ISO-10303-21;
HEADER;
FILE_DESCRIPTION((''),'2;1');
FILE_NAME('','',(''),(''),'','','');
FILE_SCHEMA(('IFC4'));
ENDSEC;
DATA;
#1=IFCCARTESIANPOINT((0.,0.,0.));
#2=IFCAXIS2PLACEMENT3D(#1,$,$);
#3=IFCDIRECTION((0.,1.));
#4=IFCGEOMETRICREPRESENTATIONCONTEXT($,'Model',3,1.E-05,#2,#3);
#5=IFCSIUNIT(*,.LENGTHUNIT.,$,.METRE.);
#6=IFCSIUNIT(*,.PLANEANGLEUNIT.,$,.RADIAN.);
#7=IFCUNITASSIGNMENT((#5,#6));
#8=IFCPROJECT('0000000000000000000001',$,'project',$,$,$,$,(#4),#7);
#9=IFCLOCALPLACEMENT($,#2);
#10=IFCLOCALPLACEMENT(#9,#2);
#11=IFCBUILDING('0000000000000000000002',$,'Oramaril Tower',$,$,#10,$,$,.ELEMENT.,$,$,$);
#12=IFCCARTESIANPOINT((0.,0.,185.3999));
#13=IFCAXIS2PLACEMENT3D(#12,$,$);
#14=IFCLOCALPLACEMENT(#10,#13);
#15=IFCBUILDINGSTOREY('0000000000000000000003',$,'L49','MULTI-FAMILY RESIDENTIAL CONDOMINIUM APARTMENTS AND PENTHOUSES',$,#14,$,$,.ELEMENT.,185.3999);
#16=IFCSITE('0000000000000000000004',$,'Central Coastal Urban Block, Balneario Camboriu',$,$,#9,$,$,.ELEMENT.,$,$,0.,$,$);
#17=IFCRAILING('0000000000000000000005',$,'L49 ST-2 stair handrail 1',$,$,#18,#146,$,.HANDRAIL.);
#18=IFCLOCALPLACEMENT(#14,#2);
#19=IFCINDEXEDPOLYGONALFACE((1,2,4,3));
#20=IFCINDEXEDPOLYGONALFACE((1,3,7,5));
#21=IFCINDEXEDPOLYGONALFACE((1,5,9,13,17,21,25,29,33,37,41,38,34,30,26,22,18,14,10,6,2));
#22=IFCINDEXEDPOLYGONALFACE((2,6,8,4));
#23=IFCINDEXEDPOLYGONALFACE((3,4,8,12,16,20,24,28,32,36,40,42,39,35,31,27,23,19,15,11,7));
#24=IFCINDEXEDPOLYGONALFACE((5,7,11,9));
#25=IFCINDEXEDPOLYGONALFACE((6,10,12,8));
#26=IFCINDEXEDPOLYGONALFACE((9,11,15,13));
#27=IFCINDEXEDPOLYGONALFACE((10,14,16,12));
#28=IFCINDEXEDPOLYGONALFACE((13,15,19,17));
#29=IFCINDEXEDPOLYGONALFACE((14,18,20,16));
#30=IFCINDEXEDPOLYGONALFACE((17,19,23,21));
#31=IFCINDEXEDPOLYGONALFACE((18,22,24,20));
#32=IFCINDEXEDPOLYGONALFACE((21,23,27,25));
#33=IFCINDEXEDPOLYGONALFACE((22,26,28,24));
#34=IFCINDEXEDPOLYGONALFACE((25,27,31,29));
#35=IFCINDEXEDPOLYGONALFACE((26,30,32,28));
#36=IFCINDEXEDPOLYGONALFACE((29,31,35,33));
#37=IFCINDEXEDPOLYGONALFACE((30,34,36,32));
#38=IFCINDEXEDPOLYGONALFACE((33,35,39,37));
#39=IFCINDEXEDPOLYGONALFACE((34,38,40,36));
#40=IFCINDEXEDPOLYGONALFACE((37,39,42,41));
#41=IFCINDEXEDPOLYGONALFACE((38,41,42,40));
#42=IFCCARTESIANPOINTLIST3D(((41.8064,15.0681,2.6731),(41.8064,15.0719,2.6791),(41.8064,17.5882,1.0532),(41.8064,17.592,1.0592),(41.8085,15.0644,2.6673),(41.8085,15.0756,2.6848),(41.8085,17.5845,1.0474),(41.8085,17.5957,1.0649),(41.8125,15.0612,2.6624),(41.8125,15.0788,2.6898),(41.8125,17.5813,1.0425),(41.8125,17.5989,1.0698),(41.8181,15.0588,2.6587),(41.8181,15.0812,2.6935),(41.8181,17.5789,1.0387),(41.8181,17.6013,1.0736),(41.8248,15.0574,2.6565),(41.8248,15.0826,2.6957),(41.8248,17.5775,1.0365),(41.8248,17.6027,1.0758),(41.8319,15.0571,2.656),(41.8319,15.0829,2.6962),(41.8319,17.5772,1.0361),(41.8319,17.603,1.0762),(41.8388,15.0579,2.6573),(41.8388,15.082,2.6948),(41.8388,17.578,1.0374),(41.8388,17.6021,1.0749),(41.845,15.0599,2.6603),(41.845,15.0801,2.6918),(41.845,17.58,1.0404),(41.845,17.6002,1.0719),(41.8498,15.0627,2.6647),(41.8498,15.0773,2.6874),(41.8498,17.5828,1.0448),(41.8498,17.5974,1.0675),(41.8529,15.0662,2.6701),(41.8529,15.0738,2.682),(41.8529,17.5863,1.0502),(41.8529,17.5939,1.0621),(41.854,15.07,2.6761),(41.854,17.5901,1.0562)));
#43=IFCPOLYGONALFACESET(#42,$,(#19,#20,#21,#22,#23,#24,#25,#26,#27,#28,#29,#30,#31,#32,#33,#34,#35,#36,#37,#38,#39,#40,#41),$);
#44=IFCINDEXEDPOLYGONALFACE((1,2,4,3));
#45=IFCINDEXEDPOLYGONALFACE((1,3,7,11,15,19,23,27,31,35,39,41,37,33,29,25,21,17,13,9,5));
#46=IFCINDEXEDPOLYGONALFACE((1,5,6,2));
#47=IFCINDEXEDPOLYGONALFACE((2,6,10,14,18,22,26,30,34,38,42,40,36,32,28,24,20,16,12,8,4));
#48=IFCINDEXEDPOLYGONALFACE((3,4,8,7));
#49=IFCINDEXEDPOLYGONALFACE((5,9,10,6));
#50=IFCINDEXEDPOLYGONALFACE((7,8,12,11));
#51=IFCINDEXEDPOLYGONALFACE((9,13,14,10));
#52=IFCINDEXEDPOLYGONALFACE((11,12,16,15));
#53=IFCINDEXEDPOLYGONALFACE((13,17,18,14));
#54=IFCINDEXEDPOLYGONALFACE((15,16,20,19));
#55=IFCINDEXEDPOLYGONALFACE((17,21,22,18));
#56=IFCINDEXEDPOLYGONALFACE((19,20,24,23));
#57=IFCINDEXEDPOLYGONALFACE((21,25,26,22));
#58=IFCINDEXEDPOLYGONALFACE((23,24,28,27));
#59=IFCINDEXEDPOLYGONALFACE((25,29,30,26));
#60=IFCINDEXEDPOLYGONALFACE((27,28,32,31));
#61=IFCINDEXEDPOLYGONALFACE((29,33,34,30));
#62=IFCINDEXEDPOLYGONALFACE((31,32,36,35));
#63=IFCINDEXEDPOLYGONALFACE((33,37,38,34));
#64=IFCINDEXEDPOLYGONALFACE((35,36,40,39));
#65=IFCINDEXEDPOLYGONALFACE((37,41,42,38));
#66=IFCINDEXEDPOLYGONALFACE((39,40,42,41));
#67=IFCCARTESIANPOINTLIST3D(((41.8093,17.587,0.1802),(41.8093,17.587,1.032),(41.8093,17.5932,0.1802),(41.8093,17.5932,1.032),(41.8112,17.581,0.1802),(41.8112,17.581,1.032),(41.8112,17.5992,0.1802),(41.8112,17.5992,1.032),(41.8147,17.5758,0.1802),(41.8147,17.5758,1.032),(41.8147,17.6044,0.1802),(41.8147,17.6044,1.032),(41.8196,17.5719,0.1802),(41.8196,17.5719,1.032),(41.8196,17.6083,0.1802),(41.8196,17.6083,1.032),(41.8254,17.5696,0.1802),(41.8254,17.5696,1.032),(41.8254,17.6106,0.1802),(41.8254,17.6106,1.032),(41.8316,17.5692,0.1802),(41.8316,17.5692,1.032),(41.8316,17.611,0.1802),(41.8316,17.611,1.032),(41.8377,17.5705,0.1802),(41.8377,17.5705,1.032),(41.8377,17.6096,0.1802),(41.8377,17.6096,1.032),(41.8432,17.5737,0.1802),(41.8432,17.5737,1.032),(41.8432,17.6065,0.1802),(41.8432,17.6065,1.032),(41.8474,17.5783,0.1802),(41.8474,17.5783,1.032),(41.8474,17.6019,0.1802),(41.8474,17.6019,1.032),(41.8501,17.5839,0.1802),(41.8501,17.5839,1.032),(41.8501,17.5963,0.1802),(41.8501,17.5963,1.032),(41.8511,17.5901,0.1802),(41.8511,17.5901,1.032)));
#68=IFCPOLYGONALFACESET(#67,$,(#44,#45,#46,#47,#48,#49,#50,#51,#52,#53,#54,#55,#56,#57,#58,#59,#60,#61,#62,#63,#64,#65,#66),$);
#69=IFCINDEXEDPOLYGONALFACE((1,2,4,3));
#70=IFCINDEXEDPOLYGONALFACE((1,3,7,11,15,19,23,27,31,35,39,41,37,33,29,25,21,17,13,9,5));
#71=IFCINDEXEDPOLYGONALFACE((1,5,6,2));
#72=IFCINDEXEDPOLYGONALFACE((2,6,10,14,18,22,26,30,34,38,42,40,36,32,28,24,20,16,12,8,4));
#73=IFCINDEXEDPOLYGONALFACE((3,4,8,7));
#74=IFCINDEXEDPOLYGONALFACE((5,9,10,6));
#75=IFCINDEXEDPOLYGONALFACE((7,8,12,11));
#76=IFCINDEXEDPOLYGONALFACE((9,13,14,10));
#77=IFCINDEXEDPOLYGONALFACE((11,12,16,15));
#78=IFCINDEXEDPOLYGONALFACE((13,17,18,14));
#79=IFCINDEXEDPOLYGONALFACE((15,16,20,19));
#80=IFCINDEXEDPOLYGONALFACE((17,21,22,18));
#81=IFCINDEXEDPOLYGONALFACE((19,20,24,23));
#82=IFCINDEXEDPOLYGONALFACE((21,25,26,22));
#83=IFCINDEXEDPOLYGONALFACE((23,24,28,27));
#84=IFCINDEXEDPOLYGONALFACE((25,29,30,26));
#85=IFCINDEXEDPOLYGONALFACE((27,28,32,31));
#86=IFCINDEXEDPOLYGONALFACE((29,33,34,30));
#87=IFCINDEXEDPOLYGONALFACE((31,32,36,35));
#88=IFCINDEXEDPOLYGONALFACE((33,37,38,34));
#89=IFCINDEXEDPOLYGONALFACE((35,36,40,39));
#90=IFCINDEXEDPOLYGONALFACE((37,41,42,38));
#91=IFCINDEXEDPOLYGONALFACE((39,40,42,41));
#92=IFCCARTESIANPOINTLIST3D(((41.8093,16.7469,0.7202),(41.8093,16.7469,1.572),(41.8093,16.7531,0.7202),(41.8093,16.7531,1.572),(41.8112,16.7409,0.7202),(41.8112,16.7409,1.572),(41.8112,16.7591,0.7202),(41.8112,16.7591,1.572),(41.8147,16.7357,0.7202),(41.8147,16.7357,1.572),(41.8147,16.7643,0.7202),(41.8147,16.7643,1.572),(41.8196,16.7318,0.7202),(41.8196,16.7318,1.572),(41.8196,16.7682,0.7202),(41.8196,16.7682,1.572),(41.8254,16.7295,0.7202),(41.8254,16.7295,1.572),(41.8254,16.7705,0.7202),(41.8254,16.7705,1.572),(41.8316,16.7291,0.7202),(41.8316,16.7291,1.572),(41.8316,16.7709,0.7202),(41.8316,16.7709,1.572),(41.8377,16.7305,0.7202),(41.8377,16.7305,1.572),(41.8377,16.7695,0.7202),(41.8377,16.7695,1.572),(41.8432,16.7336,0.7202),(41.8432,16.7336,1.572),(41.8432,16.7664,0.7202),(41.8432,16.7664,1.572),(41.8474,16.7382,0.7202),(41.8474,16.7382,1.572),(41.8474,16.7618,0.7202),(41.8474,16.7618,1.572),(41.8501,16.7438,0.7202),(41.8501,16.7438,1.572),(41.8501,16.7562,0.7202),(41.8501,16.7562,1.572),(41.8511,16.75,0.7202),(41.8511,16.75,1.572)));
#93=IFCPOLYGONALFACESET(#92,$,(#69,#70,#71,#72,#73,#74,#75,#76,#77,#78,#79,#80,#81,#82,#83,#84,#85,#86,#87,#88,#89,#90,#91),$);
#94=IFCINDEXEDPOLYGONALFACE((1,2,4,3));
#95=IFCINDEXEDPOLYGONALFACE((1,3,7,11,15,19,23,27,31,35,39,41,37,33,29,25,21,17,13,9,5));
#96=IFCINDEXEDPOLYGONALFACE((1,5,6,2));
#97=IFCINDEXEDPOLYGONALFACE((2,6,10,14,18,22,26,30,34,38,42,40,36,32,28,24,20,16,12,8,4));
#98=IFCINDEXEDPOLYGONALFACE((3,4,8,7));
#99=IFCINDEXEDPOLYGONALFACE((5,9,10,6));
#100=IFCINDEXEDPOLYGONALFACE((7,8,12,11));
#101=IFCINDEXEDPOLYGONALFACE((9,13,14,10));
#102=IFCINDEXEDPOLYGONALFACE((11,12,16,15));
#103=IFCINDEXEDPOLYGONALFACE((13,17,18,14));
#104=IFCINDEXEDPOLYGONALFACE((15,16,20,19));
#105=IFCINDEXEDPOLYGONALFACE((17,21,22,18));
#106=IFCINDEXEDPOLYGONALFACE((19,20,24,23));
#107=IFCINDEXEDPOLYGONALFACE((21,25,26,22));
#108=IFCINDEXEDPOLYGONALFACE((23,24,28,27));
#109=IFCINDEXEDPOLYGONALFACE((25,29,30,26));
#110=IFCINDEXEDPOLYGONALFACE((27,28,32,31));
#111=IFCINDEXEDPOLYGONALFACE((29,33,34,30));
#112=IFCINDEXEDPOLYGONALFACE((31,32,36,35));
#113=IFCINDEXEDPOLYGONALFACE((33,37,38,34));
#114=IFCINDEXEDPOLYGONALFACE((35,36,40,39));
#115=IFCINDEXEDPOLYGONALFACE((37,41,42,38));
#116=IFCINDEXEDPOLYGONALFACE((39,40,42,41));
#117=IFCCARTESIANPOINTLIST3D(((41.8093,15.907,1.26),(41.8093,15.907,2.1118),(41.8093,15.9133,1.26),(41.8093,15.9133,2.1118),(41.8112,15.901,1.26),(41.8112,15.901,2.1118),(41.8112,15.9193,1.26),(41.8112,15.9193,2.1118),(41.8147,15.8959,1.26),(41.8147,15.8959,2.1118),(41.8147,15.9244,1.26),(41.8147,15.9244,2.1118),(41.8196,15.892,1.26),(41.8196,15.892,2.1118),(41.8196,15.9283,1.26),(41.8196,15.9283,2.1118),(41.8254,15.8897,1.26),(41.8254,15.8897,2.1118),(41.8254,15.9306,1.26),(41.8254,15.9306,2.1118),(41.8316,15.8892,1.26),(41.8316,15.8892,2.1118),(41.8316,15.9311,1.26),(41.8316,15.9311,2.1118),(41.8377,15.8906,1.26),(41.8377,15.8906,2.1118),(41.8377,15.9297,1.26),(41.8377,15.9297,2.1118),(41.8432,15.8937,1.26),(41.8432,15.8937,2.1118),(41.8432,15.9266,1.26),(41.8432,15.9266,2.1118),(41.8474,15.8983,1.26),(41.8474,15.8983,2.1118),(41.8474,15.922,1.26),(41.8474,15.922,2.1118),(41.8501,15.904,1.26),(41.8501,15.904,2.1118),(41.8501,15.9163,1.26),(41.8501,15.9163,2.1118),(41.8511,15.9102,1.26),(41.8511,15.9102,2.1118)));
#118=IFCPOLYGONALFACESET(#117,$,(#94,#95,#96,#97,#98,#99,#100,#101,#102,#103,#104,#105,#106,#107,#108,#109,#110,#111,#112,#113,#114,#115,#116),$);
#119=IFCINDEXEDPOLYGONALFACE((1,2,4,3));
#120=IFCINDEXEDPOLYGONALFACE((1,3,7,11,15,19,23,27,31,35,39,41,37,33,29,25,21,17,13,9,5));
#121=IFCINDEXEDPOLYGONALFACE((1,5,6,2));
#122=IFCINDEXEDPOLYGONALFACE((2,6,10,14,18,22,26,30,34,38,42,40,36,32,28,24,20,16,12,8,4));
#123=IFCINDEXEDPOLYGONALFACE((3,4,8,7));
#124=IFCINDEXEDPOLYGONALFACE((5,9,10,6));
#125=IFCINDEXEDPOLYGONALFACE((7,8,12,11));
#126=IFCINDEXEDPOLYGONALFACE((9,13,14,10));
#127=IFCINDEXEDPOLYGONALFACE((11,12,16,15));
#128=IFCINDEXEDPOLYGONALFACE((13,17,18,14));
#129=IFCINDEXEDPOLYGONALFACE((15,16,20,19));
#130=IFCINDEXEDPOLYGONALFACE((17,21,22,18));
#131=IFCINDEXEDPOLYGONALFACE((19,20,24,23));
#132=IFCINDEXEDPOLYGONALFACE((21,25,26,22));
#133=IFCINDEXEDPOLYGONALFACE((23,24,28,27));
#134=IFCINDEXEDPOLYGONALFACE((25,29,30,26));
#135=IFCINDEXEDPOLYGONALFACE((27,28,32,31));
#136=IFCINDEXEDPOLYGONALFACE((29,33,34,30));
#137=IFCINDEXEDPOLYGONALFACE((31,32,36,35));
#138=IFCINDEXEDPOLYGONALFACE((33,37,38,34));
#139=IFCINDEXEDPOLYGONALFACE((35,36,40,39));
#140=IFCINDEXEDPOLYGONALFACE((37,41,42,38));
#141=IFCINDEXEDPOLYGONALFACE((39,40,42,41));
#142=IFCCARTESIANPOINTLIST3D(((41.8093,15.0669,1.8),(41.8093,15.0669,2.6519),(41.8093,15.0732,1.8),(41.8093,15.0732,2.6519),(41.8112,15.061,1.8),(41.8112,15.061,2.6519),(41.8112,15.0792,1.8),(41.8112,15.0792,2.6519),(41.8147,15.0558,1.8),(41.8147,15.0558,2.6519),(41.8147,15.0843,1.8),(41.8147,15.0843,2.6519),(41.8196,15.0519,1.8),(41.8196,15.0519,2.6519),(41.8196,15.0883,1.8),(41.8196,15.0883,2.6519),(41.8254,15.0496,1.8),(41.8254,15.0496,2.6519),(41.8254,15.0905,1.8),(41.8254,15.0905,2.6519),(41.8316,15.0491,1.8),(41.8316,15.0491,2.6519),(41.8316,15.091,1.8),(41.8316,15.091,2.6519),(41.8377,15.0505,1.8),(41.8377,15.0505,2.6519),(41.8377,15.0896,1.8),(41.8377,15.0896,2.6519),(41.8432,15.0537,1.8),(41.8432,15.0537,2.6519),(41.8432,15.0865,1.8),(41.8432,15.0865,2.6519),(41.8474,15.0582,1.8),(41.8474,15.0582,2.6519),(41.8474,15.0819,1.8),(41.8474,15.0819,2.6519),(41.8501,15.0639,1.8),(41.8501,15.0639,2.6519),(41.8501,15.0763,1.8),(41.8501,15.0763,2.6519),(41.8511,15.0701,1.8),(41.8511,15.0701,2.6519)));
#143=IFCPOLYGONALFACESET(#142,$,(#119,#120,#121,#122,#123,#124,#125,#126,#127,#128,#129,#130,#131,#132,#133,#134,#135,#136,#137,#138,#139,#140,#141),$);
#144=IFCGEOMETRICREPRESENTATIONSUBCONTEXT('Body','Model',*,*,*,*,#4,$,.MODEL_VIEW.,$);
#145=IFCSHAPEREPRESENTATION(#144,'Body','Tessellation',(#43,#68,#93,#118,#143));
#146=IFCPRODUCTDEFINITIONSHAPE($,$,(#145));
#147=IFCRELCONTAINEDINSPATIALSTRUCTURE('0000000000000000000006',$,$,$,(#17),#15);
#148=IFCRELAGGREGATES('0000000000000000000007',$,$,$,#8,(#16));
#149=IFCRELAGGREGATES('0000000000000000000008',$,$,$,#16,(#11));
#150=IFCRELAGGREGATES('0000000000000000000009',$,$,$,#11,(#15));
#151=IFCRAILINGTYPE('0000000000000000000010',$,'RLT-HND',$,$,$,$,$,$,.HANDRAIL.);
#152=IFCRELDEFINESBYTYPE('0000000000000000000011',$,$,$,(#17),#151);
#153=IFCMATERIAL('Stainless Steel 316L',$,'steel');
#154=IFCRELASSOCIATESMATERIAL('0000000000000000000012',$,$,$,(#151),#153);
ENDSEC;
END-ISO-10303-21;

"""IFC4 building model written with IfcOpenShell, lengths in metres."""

from ifc_helpers import new_model, si_unit, direction, frame, origin, origin_2d, place, context, subcontext, project, spatial, circle, extrude, material, type_object, element, save


model = new_model("IFC4")

# Units and contexts
model_context = context("Model", 3, precision=1e-05, world=origin(), true_north=direction((0.0, 1.0)))
body_context = subcontext(model_context, "Body", "Model", "MODEL_VIEW")
ifc_project = project(units=[si_unit("LENGTHUNIT", "METRE"), si_unit("PLANEANGLEUNIT", "RADIAN")], contexts=[model_context])

# Site, building, storey
site_placement = place(None, origin())
site = spatial("IfcSite", under=ifc_project, at=site_placement, Name="Central Coastal Urban Block, Balneario Camboriu", CompositionType="ELEMENT", RefElevation=0.0)
building_placement = place(site_placement, origin())
building = spatial("IfcBuilding", under=site, at=building_placement, Name="Oramaril Tower", CompositionType="ELEMENT")
storey_placement = place(building_placement, frame((0.0, 0.0, 185.3999)))
storey = spatial("IfcBuildingStorey", under=building, at=storey_placement, Name="L49", Description="MULTI-FAMILY RESIDENTIAL CONDOMINIUM APARTMENTS AND PENTHOUSES", CompositionType="ELEMENT", Elevation=185.3999)

# Railing
ifc_material_1 = material(Name="Stainless Steel 316L", Category="steel")
railing_type_1 = type_object("IfcRailingType", Name="RLT-HND", PredefinedType="HANDRAIL", material=ifc_material_1)
railing_1_placement = place(storey_placement, frame((41.8301, 17.5901, 0.1802)))
element("IfcRailing", 1, at=railing_1_placement, inside=storey, type_object=railing_type_1, Name="L49 ST-2 stair handrail 1", PredefinedType="HANDRAIL", context=body_context, shape_type="SweptSolid", body=[
    extrude(circle(Radius=0.0239, at=origin_2d()), frame((0.0, 0.0, 0.876), z_axis=(0.0, -0.8412, 0.540725), x_axis=(1.0, 0.0, 0.0)), (0.0, 0.0, 1.0), 2.9958),
    extrude(circle(Radius=0.021, at=origin_2d()), origin(), (0.0, 0.0, 1.0), 0.8518),
    extrude(circle(Radius=0.021, at=origin_2d()), frame((0.0, -0.8401, 0.54)), (0.0, 0.0, 1.0), 0.8518),
    extrude(circle(Radius=0.021, at=origin_2d()), frame((0.0, -1.6799, 1.0798)), (0.0, 0.0, 1.0), 0.8518),
    extrude(circle(Radius=0.021, at=origin_2d()), frame((0.0, -2.52, 1.6199)), (0.0, 0.0, 1.0), 0.8518),
])

save(model, "model.ifc")
